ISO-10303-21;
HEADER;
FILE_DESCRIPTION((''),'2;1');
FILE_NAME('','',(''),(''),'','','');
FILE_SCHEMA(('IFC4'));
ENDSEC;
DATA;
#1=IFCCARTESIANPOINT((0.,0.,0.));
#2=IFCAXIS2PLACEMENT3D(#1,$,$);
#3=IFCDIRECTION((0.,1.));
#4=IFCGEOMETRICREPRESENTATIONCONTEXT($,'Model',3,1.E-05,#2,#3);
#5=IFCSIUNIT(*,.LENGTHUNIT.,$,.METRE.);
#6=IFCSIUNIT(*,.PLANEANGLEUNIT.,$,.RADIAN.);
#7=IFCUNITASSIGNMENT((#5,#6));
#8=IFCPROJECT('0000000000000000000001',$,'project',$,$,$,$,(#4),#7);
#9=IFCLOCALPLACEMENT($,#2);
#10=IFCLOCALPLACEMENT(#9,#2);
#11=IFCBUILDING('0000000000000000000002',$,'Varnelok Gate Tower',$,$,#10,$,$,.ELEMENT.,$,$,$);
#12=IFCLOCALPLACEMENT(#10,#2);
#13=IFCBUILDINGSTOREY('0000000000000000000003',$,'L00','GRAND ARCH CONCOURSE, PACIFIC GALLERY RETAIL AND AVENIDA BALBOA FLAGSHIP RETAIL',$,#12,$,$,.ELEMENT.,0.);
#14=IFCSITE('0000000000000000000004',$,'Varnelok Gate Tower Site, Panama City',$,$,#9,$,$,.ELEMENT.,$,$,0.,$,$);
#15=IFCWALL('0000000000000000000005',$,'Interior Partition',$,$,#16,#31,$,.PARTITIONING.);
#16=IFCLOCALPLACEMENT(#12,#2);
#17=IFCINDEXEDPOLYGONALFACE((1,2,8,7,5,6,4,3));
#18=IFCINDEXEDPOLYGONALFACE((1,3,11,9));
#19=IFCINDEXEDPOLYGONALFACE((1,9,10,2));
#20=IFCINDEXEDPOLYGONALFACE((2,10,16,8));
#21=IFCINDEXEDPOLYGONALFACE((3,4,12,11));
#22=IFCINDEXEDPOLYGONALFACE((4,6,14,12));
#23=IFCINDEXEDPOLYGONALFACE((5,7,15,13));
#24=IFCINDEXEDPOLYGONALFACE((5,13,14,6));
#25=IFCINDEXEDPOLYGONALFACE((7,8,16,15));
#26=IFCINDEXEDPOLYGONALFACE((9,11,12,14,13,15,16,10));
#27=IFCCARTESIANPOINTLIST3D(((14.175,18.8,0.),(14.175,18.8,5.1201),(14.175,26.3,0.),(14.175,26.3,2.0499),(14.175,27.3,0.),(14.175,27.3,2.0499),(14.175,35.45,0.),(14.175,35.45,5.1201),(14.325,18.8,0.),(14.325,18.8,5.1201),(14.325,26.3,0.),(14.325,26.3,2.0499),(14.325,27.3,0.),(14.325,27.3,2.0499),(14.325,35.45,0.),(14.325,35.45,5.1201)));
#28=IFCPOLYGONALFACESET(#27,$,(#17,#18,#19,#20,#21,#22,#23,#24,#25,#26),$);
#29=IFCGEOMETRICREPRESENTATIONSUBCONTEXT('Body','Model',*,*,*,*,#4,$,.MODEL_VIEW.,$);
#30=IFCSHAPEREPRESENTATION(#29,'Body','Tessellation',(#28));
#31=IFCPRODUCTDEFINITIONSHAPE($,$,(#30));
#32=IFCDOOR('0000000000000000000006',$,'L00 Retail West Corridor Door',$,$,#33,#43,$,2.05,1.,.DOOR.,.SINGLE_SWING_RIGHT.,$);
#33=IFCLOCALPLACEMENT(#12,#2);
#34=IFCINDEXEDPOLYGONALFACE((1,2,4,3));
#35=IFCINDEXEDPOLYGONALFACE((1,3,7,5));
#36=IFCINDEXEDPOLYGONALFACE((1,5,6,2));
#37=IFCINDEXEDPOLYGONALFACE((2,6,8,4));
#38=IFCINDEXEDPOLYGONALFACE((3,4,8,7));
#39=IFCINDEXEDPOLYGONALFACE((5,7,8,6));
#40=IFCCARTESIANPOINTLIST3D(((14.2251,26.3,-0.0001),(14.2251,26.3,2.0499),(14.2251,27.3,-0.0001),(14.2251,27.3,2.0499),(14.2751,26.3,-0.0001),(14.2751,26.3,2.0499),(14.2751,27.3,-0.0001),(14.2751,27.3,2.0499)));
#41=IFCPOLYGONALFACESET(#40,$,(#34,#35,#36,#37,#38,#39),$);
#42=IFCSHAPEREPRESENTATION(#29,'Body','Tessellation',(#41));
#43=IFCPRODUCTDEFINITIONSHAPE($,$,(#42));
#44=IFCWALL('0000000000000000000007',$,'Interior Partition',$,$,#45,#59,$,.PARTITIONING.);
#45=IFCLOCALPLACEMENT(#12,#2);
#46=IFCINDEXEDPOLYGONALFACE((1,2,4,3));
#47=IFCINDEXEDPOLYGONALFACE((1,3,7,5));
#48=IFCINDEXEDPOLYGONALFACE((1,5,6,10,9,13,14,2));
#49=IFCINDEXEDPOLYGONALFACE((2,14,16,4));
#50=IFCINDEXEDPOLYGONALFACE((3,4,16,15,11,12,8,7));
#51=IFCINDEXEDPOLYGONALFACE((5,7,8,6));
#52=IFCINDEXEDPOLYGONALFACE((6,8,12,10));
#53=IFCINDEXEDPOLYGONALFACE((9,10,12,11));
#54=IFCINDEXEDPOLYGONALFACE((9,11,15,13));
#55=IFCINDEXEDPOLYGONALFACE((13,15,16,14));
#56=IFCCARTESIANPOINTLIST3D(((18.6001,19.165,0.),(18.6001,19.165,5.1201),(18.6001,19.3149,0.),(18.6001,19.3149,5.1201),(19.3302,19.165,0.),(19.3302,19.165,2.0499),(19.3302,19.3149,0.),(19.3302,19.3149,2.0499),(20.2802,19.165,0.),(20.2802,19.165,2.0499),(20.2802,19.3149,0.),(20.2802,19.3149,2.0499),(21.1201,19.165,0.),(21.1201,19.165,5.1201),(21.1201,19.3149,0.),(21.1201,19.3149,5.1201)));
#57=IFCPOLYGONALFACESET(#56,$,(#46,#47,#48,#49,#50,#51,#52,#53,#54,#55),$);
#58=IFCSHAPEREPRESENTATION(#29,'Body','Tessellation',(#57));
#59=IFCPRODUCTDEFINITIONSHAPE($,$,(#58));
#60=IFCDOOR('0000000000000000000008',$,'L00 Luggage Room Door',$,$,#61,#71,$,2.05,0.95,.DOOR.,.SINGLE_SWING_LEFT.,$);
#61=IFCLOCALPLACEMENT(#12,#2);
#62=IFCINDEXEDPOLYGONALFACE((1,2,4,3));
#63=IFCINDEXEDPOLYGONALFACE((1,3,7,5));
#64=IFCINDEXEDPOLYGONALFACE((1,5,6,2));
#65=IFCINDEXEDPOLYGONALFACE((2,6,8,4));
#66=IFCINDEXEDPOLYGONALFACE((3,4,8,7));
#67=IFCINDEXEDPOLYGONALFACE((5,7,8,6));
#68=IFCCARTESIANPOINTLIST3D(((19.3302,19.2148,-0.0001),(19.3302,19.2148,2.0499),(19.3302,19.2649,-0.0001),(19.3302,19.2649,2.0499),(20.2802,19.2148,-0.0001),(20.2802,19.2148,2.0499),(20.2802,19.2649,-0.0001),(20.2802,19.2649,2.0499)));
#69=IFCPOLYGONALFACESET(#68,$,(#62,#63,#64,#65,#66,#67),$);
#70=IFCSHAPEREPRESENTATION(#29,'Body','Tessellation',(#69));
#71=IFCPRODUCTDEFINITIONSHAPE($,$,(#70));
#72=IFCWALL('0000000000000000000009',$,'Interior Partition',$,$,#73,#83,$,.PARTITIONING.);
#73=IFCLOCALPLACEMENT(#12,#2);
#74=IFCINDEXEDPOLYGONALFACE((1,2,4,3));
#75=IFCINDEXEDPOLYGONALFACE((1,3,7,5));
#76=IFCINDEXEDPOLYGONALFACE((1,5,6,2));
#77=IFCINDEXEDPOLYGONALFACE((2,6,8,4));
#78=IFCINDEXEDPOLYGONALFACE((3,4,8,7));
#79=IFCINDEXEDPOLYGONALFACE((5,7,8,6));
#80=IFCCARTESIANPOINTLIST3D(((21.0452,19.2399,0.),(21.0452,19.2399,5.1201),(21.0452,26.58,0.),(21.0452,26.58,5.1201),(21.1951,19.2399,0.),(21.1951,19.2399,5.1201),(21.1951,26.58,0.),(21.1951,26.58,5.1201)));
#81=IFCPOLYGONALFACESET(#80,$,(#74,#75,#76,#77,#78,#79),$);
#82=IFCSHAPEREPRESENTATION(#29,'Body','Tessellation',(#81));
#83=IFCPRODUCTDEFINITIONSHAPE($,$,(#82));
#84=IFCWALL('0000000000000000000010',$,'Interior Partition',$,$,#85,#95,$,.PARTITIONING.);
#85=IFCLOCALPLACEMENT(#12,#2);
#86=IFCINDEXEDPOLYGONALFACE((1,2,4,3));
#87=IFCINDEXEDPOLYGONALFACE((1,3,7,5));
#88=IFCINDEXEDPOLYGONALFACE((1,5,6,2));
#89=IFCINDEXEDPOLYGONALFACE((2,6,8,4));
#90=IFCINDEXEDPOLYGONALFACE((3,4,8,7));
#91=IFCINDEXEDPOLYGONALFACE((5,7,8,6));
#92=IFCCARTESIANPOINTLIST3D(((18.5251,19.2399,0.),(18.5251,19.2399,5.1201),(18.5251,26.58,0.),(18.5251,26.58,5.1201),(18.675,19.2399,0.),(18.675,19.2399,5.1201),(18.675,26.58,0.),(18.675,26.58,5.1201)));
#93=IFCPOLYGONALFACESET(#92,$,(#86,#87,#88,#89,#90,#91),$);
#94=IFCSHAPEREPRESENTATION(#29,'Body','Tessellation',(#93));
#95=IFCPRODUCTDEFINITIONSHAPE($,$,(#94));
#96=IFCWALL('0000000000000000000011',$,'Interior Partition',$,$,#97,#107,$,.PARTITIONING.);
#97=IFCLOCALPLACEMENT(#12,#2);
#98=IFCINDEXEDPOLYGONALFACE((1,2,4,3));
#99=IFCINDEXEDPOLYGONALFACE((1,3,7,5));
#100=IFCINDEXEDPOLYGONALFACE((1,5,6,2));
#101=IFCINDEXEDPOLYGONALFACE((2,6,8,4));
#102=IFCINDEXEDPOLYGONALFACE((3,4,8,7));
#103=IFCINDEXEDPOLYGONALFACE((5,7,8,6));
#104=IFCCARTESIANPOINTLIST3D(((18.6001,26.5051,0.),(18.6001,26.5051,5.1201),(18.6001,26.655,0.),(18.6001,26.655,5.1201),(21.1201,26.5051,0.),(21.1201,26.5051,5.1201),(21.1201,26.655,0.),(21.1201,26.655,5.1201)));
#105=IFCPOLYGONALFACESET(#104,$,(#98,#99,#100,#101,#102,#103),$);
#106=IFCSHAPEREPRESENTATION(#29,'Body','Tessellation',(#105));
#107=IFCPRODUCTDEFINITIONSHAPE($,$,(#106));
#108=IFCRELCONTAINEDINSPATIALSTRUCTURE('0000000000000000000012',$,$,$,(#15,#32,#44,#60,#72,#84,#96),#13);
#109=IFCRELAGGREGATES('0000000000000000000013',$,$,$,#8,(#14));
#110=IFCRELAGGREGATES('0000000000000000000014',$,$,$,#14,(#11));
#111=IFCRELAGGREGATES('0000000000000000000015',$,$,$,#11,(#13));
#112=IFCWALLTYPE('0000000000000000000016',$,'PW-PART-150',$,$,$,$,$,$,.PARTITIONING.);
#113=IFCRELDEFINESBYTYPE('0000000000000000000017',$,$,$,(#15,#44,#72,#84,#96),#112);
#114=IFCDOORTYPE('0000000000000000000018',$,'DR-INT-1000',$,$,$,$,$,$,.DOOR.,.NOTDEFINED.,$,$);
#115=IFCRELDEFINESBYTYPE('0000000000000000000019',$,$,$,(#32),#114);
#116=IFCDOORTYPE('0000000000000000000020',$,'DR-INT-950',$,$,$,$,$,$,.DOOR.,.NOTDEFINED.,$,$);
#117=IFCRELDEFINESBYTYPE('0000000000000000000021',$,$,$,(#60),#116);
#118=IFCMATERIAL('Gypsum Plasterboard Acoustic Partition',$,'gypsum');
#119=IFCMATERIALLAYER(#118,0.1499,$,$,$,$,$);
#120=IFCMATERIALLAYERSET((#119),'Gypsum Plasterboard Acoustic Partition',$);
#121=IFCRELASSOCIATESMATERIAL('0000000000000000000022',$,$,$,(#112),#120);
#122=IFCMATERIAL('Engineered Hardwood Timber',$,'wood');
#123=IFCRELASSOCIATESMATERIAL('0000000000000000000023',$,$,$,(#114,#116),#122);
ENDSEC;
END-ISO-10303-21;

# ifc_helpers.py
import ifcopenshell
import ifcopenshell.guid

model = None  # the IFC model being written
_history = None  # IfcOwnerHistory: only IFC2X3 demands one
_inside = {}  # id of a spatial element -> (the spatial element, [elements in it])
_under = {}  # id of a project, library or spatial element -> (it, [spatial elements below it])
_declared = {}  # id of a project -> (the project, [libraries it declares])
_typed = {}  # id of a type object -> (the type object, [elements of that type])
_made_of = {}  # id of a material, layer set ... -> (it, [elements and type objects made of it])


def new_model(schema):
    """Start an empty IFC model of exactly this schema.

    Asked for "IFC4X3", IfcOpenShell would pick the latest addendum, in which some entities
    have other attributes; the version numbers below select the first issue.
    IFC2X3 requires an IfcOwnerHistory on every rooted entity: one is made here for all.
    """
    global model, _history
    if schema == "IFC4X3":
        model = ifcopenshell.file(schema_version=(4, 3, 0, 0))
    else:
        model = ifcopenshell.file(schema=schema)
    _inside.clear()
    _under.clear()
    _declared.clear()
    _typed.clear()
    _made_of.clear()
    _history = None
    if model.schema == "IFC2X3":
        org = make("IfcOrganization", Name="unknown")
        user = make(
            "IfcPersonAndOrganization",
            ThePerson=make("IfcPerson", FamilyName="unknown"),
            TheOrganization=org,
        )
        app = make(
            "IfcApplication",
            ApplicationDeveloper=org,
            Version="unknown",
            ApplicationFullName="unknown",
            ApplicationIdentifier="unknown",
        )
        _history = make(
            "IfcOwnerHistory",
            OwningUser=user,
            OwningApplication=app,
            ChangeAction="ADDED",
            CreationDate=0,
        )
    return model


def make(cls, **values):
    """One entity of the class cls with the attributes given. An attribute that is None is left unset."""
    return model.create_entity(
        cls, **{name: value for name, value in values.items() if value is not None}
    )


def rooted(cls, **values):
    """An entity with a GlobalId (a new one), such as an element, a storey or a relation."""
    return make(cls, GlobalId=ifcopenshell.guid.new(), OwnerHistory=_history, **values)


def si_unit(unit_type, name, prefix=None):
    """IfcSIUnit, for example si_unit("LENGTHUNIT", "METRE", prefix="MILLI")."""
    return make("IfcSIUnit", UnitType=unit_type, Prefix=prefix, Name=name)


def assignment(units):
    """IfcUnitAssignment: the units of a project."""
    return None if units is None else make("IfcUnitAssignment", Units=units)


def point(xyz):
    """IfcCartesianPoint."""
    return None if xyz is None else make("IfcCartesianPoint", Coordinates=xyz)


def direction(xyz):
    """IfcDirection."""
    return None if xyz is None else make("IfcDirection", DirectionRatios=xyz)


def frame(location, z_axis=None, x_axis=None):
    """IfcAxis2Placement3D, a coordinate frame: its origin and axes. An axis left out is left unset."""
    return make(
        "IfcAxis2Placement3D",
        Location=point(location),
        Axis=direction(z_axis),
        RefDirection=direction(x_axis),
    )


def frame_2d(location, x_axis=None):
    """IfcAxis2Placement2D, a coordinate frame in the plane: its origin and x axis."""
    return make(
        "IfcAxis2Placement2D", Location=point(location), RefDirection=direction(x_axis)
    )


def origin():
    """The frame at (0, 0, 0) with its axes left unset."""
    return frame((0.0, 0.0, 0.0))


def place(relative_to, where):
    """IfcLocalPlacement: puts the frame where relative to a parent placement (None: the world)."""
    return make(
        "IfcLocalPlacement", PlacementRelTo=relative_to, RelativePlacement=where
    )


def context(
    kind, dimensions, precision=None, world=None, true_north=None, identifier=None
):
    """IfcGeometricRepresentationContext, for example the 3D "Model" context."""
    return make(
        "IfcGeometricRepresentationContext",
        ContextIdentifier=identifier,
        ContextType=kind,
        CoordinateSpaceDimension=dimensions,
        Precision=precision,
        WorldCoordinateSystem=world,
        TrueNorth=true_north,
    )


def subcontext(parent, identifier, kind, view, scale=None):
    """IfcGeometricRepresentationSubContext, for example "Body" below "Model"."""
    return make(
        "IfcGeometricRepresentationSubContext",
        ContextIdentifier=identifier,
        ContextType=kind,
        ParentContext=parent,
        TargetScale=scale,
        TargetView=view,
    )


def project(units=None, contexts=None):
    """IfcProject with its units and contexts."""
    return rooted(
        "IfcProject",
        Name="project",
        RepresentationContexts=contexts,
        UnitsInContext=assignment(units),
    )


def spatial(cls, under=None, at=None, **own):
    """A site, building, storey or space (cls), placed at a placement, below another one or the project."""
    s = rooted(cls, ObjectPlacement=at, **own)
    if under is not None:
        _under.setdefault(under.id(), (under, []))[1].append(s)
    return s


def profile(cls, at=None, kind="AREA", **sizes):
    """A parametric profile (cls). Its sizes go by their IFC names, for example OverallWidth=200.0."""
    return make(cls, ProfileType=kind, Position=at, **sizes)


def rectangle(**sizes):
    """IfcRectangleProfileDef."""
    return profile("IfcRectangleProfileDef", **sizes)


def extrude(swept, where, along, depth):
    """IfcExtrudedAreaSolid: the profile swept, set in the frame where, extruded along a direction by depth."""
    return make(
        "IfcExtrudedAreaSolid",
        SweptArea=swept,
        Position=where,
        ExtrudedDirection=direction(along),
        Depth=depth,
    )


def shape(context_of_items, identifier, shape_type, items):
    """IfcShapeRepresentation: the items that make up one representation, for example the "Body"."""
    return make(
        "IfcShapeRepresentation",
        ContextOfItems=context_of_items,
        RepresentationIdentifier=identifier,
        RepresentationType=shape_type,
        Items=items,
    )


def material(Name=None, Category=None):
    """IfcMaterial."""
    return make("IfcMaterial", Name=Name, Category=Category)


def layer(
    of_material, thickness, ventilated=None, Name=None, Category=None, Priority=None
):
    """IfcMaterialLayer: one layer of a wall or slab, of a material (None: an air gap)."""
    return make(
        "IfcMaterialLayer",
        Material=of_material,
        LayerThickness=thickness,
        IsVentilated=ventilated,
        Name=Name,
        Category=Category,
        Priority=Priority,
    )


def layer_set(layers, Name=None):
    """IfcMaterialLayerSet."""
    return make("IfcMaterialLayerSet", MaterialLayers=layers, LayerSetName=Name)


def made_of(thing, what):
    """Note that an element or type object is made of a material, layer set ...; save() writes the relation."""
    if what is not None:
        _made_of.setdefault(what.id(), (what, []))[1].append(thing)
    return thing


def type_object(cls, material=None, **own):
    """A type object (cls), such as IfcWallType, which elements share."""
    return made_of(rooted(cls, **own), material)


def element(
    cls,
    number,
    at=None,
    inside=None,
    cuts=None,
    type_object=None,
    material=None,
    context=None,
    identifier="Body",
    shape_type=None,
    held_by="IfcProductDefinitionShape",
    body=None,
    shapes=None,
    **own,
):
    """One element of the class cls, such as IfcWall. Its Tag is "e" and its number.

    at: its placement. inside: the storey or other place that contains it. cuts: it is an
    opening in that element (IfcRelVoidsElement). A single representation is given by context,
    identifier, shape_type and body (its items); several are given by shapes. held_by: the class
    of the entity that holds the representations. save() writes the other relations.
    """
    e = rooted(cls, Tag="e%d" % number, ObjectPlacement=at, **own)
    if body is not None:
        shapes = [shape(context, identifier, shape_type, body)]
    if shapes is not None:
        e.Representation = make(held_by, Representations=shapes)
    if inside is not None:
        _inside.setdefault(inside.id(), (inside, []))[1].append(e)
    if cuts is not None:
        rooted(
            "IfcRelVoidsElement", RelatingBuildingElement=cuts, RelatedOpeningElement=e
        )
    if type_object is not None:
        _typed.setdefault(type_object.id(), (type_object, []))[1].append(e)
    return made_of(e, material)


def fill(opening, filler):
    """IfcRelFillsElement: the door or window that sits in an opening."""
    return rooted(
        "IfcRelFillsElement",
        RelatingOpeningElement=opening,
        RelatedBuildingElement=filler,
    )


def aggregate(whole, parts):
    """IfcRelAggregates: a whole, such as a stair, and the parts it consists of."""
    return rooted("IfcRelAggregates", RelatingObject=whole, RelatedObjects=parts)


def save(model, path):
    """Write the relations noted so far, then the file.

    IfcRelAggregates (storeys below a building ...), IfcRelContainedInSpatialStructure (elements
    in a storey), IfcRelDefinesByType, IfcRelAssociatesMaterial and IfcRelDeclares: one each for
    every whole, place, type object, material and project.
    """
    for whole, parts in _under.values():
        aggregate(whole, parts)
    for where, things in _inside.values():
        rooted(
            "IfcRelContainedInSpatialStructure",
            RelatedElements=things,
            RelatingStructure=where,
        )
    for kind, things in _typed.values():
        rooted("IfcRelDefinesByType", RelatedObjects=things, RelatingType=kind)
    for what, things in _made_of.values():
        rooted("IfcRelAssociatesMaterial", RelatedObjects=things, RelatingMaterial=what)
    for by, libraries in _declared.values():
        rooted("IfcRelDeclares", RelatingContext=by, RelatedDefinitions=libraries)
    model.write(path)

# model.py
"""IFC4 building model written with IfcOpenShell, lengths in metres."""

from ifc_helpers import new_model, si_unit, direction, frame, frame_2d, origin, place, context, subcontext, project, spatial, rectangle, extrude, material, layer, layer_set, type_object, element, fill, save


model = new_model("IFC4")

# Units and contexts
model_context = context("Model", 3, precision=1e-05, world=origin(), true_north=direction((0.0, 1.0)))
body_context = subcontext(model_context, "Body", "Model", "MODEL_VIEW")
ifc_project = project(units=[si_unit("LENGTHUNIT", "METRE"), si_unit("PLANEANGLEUNIT", "RADIAN")], contexts=[model_context])

# Site, building, storey
site_placement = place(None, origin())
site = spatial("IfcSite", under=ifc_project, at=site_placement, Name="Varnelok Gate Tower Site, Panama City", CompositionType="ELEMENT", RefElevation=0.0)
building_placement = place(site_placement, origin())
building = spatial("IfcBuilding", under=site, at=building_placement, Name="Varnelok Gate Tower", CompositionType="ELEMENT")
storey_placement = place(building_placement, origin())
storey = spatial("IfcBuildingStorey", under=building, at=storey_placement, Name="L00", Description="GRAND ARCH CONCOURSE, PACIFIC GALLERY RETAIL AND AVENIDA BALBOA FLAGSHIP RETAIL", CompositionType="ELEMENT", Elevation=0.0)

# Shared definitions
ifc_material_1 = material(Name="Gypsum Plasterboard Acoustic Partition", Category="gypsum")
ifc_material_2 = material(Name="Engineered Hardwood Timber", Category="wood")

# Walls, openings, doors
ifc_layer_1 = layer(ifc_material_1, 0.1499)
ifc_layer_set_1 = layer_set([ifc_layer_1], Name="Gypsum Plasterboard Acoustic Partition")
wall_type_1 = type_object("IfcWallType", Name="PW-PART-150", PredefinedType="PARTITIONING", material=ifc_layer_set_1)
wall_1_placement = place(storey_placement, frame((14.25, 18.8, 0.0), z_axis=(0.0, 0.0, 1.0), x_axis=(0.0, 1.0, 0.0)))
wall_1 = element("IfcWall", 1, at=wall_1_placement, inside=storey, type_object=wall_type_1, Name="Interior Partition", PredefinedType="PARTITIONING", context=body_context, shape_type="SweptSolid", body=[
    extrude(rectangle(XDim=16.6499, YDim=0.1499, at=frame_2d((8.325, 0.0))), origin(), (0.0, 0.0, 1.0), 5.1201),
])
opening_1_placement = place(wall_1_placement, frame((7.5, 0.0, 0.0)))
opening_1 = element("IfcOpeningElement", 2, at=opening_1_placement, cuts=wall_1, PredefinedType="OPENING", context=body_context, shape_type="SweptSolid", body=[
    extrude(rectangle(XDim=1.0, YDim=2.05, at=frame_2d((0.5, 1.0249))), frame((0.0, 0.085, 0.0), z_axis=(0.0, -1.0, 0.0), x_axis=(1.0, 0.0, 0.0)), (0.0, 0.0, 1.0), 0.1699),
])
door_type_1 = type_object("IfcDoorType", Name="DR-INT-1000", OperationType="NOTDEFINED", PredefinedType="DOOR", material=ifc_material_2)
door_1_placement = place(opening_1_placement, origin())
door_1 = element("IfcDoor", 3, at=door_1_placement, inside=storey, type_object=door_type_1, Name="L00 Retail West Corridor Door", OperationType="SINGLE_SWING_RIGHT", OverallHeight=2.05, OverallWidth=1.0, PredefinedType="DOOR", context=body_context, shape_type="SweptSolid", body=[
    extrude(rectangle(XDim=1.0, YDim=2.05, at=frame_2d((0.5, 1.0249))), frame((0.0, 0.0249, 0.0), z_axis=(0.0, -1.0, 0.0), x_axis=(1.0, 0.0, 0.0)), (0.0, 0.0, 1.0), 0.05),
])
fill(opening_1, door_1)
wall_2_placement = place(storey_placement, frame((18.6001, 19.24, 0.0), z_axis=(0.0, 0.0, 1.0), x_axis=(1.0, 0.0, 0.0)))
wall_2 = element("IfcWall", 4, at=wall_2_placement, inside=storey, type_object=wall_type_1, Name="Interior Partition", PredefinedType="PARTITIONING", context=body_context, shape_type="SweptSolid", body=[
    extrude(rectangle(XDim=2.52, YDim=0.1499, at=frame_2d((1.26, 0.0))), origin(), (0.0, 0.0, 1.0), 5.1201),
])
opening_2_placement = place(wall_2_placement, frame((0.73, 0.0, 0.0)))
opening_2 = element("IfcOpeningElement", 5, at=opening_2_placement, cuts=wall_2, PredefinedType="OPENING", context=body_context, shape_type="SweptSolid", body=[
    extrude(rectangle(XDim=0.95, YDim=2.05, at=frame_2d((0.4751, 1.0249))), frame((0.0, 0.085, 0.0), z_axis=(0.0, -1.0, 0.0), x_axis=(1.0, 0.0, 0.0)), (0.0, 0.0, 1.0), 0.1699),
])
door_type_2 = type_object("IfcDoorType", Name="DR-INT-950", OperationType="NOTDEFINED", PredefinedType="DOOR", material=ifc_material_2)
door_2_placement = place(opening_2_placement, origin())
door_2 = element("IfcDoor", 6, at=door_2_placement, inside=storey, type_object=door_type_2, Name="L00 Luggage Room Door", OperationType="SINGLE_SWING_LEFT", OverallHeight=2.05, OverallWidth=0.95, PredefinedType="DOOR", context=body_context, shape_type="SweptSolid", body=[
    extrude(rectangle(XDim=0.95, YDim=2.05, at=frame_2d((0.4751, 1.0249))), frame((0.0, 0.0249, 0.0), z_axis=(0.0, -1.0, 0.0), x_axis=(1.0, 0.0, 0.0)), (0.0, 0.0, 1.0), 0.05),
])
fill(opening_2, door_2)

# Walls
for number, where, z_axis, x_axis, name in (
    (7, (21.1201, 19.24, 0.0), (0.0, 0.0, 1.0), (0.0, 1.0, 0.0), "Interior Partition"),
    (8, (18.6001, 19.24, 0.0), (0.0, 0.0, 1.0), (0.0, 1.0, 0.0), "Interior Partition"),
):
    element("IfcWall", number, at=place(storey_placement, frame(where, z_axis=z_axis, x_axis=x_axis)), inside=storey, type_object=wall_type_1, Name=name, PredefinedType="PARTITIONING", context=body_context, shape_type="SweptSolid", body=[
        extrude(rectangle(XDim=7.3401, YDim=0.1499, at=frame_2d((3.6699, 0.0))), origin(), (0.0, 0.0, 1.0), 5.1201),
    ])
wall_3_placement = place(storey_placement, frame((18.6001, 26.5801, 0.0), z_axis=(0.0, 0.0, 1.0), x_axis=(1.0, 0.0, 0.0)))
element("IfcWall", 9, at=wall_3_placement, inside=storey, type_object=wall_type_1, Name="Interior Partition", PredefinedType="PARTITIONING", context=body_context, shape_type="SweptSolid", body=[
    extrude(rectangle(XDim=2.52, YDim=0.1499, at=frame_2d((1.26, 0.0))), origin(), (0.0, 0.0, 1.0), 5.1201),
])

save(model, "model.ifc")
